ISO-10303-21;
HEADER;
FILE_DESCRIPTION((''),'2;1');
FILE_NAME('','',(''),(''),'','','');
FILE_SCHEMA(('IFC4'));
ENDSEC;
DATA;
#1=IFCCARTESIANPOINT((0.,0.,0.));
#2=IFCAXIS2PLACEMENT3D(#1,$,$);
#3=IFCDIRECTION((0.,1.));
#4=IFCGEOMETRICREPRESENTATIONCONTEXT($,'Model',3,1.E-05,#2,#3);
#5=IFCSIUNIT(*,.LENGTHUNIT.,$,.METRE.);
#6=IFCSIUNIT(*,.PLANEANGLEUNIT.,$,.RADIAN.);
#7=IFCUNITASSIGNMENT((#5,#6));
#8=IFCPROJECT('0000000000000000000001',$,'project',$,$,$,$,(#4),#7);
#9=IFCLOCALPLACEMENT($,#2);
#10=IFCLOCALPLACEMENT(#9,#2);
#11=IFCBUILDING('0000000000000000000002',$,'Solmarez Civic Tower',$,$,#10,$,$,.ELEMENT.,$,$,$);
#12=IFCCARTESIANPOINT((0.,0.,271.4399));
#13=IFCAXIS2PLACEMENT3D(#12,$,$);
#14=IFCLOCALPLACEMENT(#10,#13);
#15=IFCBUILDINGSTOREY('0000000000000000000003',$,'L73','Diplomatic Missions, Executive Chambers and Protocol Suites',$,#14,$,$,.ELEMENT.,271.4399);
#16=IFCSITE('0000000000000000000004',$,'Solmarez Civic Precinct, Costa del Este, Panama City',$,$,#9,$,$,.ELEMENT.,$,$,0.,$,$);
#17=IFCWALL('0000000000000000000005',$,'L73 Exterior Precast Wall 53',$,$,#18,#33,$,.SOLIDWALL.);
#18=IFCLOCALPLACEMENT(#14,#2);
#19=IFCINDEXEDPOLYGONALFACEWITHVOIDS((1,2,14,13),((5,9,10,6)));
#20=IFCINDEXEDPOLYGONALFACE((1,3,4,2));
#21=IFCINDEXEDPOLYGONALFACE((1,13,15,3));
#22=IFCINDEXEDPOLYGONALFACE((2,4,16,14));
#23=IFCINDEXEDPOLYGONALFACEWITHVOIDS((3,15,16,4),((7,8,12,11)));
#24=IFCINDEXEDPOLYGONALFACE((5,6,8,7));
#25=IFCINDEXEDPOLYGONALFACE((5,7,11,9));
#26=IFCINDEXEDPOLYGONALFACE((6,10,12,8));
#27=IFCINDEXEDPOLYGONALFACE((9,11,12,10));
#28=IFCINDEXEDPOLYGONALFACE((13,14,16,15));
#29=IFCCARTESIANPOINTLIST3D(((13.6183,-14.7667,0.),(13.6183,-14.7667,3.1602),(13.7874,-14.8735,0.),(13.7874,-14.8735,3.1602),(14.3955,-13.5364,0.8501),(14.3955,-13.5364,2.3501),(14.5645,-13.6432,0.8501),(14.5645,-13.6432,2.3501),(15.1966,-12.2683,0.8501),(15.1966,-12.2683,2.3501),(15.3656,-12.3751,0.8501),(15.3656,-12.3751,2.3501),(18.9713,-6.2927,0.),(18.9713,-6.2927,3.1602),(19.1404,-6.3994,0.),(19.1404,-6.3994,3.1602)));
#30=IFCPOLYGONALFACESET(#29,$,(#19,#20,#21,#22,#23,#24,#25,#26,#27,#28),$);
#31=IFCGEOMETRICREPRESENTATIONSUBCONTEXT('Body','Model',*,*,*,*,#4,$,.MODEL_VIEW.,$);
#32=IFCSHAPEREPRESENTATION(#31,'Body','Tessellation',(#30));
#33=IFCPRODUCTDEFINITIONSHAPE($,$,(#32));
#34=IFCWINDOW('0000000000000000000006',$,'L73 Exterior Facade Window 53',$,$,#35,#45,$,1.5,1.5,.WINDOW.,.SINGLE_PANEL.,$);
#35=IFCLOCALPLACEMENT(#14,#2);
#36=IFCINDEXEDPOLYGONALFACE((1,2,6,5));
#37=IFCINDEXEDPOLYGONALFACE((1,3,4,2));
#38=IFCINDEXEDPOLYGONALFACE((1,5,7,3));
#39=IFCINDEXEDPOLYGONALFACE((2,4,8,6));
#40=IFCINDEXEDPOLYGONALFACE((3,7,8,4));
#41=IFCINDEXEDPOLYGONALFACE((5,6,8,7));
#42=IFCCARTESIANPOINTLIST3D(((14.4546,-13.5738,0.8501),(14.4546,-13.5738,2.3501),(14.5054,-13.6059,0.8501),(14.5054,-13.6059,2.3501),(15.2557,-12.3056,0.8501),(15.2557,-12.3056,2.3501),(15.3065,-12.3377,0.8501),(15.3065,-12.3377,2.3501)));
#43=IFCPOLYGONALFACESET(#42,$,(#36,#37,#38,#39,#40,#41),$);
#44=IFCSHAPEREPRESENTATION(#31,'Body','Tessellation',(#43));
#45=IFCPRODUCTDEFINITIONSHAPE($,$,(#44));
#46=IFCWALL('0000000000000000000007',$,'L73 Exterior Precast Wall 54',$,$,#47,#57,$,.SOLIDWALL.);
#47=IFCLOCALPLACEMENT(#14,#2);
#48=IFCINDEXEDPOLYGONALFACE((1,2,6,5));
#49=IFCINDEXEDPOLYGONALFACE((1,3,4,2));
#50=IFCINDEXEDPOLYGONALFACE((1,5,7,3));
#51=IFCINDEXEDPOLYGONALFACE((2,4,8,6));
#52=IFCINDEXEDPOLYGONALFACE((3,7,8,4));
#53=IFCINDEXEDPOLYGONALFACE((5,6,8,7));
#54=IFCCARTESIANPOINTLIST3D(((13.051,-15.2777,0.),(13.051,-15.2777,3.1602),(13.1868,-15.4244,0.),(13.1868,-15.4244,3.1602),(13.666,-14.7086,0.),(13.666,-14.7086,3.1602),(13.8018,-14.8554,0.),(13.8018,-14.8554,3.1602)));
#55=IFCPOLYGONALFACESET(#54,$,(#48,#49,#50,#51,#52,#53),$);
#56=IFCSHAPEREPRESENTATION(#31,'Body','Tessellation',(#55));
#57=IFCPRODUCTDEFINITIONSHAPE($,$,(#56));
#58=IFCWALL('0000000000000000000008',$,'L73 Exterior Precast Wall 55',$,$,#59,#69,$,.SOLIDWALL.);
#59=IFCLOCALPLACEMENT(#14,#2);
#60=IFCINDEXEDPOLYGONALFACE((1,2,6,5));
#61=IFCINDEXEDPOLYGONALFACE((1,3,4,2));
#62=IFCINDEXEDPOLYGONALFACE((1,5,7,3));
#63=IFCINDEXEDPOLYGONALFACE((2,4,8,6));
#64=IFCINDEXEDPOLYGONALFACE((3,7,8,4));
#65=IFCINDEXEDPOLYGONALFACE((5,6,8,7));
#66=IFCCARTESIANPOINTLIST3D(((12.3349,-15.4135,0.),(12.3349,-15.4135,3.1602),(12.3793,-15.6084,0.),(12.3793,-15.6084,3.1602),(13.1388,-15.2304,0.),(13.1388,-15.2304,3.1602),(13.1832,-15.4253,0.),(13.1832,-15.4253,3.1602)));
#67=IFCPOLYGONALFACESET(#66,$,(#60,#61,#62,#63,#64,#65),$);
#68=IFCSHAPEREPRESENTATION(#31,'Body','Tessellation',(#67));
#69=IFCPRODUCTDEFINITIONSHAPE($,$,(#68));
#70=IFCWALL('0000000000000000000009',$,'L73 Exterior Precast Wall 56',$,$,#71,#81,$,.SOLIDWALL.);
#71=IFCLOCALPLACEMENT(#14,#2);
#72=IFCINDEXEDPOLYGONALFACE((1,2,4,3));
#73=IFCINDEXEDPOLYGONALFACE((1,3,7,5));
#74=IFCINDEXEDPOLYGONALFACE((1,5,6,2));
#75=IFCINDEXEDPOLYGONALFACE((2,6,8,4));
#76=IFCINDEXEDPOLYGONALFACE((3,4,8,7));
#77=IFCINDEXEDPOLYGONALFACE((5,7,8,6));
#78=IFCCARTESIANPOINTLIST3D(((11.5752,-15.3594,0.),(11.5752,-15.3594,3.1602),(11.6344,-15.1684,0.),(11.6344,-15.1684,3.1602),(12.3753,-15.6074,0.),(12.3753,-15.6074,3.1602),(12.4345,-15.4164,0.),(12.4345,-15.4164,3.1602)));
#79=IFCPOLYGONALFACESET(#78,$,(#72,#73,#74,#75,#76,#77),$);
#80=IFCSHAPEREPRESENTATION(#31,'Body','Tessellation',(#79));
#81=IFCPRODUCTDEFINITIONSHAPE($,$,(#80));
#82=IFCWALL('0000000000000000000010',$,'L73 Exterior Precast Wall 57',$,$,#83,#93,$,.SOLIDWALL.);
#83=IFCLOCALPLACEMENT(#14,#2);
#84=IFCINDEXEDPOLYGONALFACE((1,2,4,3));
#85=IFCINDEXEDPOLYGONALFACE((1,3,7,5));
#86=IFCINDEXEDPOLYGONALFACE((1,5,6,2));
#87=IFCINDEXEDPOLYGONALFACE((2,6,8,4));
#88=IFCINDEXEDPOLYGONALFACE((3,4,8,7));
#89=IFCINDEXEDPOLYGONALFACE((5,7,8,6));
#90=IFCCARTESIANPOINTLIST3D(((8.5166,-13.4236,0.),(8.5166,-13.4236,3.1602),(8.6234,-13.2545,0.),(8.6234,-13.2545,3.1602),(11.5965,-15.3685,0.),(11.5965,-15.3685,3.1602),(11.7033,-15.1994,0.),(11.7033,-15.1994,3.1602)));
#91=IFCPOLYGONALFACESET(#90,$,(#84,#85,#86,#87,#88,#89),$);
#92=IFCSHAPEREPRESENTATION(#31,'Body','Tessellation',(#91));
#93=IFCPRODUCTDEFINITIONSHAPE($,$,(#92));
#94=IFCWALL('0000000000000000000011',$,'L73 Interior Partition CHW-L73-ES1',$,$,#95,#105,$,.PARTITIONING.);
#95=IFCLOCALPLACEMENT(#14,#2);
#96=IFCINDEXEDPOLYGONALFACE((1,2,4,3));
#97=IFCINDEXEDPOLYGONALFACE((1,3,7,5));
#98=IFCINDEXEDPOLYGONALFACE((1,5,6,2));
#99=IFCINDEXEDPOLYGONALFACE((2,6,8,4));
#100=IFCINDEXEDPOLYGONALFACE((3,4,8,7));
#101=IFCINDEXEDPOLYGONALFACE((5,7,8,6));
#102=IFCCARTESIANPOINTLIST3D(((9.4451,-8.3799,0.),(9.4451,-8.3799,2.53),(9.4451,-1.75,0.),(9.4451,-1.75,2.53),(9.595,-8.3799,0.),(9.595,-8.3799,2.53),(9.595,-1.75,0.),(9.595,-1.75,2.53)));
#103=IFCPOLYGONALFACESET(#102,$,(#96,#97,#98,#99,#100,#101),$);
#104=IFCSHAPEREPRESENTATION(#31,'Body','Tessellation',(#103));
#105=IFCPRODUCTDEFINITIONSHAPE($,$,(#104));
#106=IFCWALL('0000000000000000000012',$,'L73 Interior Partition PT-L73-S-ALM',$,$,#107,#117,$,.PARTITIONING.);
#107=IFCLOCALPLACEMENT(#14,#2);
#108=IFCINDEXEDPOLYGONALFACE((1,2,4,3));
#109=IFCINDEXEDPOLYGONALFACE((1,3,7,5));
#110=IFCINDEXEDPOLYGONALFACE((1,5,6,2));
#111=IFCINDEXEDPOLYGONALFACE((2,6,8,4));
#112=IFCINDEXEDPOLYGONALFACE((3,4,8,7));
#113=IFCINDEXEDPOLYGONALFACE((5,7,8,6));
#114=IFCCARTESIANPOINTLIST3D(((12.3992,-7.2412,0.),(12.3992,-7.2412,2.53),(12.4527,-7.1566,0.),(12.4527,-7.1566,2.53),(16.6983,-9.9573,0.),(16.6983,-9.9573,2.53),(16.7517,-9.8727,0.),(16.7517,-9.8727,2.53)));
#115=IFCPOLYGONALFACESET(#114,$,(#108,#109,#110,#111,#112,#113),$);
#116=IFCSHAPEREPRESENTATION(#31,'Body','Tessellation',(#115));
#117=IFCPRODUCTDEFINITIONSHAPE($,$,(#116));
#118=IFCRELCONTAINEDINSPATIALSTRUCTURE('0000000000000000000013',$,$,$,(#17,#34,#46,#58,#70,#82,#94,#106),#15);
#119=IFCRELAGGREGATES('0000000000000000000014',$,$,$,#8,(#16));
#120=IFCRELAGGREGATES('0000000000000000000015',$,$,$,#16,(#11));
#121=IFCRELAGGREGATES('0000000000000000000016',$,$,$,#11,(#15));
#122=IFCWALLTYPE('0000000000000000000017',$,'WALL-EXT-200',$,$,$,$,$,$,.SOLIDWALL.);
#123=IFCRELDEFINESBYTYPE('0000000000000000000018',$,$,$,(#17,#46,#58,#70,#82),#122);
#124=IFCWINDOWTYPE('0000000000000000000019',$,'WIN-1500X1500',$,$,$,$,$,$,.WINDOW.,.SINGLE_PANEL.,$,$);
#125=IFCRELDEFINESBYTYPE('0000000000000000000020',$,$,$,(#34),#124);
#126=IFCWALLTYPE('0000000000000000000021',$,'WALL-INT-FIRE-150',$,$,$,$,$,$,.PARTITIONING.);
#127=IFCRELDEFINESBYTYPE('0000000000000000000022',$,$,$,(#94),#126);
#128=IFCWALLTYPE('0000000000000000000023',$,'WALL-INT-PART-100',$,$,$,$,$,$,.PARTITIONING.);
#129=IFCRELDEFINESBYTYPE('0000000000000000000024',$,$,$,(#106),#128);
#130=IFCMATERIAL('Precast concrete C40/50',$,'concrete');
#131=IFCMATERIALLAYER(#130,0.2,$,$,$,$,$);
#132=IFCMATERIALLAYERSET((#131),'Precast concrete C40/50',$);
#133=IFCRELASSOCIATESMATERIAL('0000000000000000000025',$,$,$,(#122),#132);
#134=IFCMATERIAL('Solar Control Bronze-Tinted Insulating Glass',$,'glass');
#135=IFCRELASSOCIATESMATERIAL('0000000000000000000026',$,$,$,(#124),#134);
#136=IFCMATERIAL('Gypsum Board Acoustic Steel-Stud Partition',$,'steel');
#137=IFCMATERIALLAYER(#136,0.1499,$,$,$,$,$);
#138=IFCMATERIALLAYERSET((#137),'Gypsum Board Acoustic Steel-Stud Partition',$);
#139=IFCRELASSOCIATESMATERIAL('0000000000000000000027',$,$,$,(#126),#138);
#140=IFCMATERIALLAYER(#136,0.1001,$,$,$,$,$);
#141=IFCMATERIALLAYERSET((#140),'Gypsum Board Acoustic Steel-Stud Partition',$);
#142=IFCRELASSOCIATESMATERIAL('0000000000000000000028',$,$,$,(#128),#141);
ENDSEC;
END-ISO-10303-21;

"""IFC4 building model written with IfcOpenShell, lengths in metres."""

from ifc_helpers import new_model, si_unit, direction, frame, frame_2d, origin, place, context, subcontext, project, spatial, rectangle, extrude, material, layer, layer_set, type_object, element, fill, save


model = new_model("IFC4")

# Units and contexts
model_context = context("Model", 3, precision=1e-05, world=origin(), true_north=direction((0.0, 1.0)))
body_context = subcontext(model_context, "Body", "Model", "MODEL_VIEW")
ifc_project = project(units=[si_unit("LENGTHUNIT", "METRE"), si_unit("PLANEANGLEUNIT", "RADIAN")], contexts=[model_context])

# Site, building, storey
site_placement = place(None, origin())
site = spatial("IfcSite", under=ifc_project, at=site_placement, Name="Solmarez Civic Precinct, Costa del Este, Panama City", CompositionType="ELEMENT", RefElevation=0.0)
building_placement = place(site_placement, origin())
building = spatial("IfcBuilding", under=site, at=building_placement, Name="Solmarez Civic Tower", CompositionType="ELEMENT")
storey_placement = place(building_placement, frame((0.0, 0.0, 271.4399)))
storey = spatial("IfcBuildingStorey", under=building, at=storey_placement, Name="L73", Description="Diplomatic Missions, Executive Chambers and Protocol Suites", CompositionType="ELEMENT", Elevation=271.4399)

# Shared definitions
ifc_material_1 = material(Name="Precast concrete C40/50", Category="concrete")
ifc_layer_1 = layer(ifc_material_1, 0.2)
ifc_layer_set_1 = layer_set([ifc_layer_1], Name="Precast concrete C40/50")
wall_type_1 = type_object("IfcWallType", Name="WALL-EXT-200", PredefinedType="SOLIDWALL", material=ifc_layer_set_1)

# Wall, opening, window
wall_1_placement = place(storey_placement, frame((19.0559, -6.3459, 0.0), z_axis=(0.0, 0.0, 1.0), x_axis=(-0.534061, -0.845446, 0.0)))
wall_1 = element("IfcWall", 1, at=wall_1_placement, inside=storey, type_object=wall_type_1, Name="L73 Exterior Precast Wall 53", PredefinedType="SOLIDWALL", context=body_context, shape_type="SweptSolid", body=[
    extrude(rectangle(XDim=10.0232, YDim=0.2, at=frame_2d((5.0117, 0.0))), origin(), (0.0, 0.0, 1.0), 3.1602),
])
opening_placement = place(wall_1_placement, frame((7.0681, 0.0, 0.8501)))
opening = element("IfcOpeningElement", 2, at=opening_placement, cuts=wall_1, PredefinedType="OPENING", context=body_context, shape_type="SweptSolid", body=[
    extrude(rectangle(XDim=1.5, YDim=1.5, at=frame_2d((0.75, 0.75))), frame((0.0, 0.1099, 0.0), z_axis=(0.0, -1.0, 0.0), x_axis=(1.0, 0.0, 0.0)), (0.0, 0.0, 1.0), 0.22),
])
ifc_material_2 = material(Name="Solar Control Bronze-Tinted Insulating Glass", Category="glass")
window_type = type_object("IfcWindowType", Name="WIN-1500X1500", PartitioningType="SINGLE_PANEL", PredefinedType="WINDOW", material=ifc_material_2)
window_placement = place(opening_placement, origin())
window = element("IfcWindow", 3, at=window_placement, inside=storey, type_object=window_type, Name="L73 Exterior Facade Window 53", OverallHeight=1.5, OverallWidth=1.5, PartitioningType="SINGLE_PANEL", PredefinedType="WINDOW", context=body_context, shape_type="SweptSolid", body=[
    extrude(rectangle(XDim=1.5, YDim=1.5, at=frame_2d((0.75, 0.75))), frame((0.0, 0.03, 0.0), z_axis=(0.0, -1.0, 0.0), x_axis=(1.0, 0.0, 0.0)), (0.0, 0.0, 1.0), 0.0601),
])
fill(opening, window)

# Walls
wall_2_placement = place(storey_placement, frame((13.7339, -14.782, 0.0), z_axis=(0.0, 0.0, 1.0), x_axis=(-0.733965, -0.679187, 0.0)))
element("IfcWall", 4, at=wall_2_placement, inside=storey, type_object=wall_type_1, Name="L73 Exterior Precast Wall 54", PredefinedType="SOLIDWALL", context=body_context, shape_type="SweptSolid", body=[
    extrude(rectangle(XDim=0.8379, YDim=0.2, at=frame_2d((0.4189, 0.0))), origin(), (0.0, 0.0, 1.0), 3.1602),
])
wall_3_placement = place(storey_placement, frame((13.1609, -15.3279, 0.0), z_axis=(0.0, 0.0, 1.0), x_axis=(-0.975031, -0.222069, 0.0)))
element("IfcWall", 5, at=wall_3_placement, inside=storey, type_object=wall_type_1, Name="L73 Exterior Precast Wall 55", PredefinedType="SOLIDWALL", context=body_context, shape_type="SweptSolid", body=[
    extrude(rectangle(XDim=0.8245, YDim=0.2, at=frame_2d((0.4121, 0.0))), origin(), (0.0, 0.0, 1.0), 3.1602),
])
wall_4_placement = place(storey_placement, frame((12.405, -15.512, 0.0), z_axis=(0.0, 0.0, 1.0), x_axis=(-0.955147, 0.296133, 0.0)))
element("IfcWall", 6, at=wall_4_placement, inside=storey, type_object=wall_type_1, Name="L73 Exterior Precast Wall 56", PredefinedType="SOLIDWALL", context=body_context, shape_type="SweptSolid", body=[
    extrude(rectangle(XDim=0.8376, YDim=0.2, at=frame_2d((0.4189, 0.0))), origin(), (0.0, 0.0, 1.0), 3.1602),
])
wall_5_placement = place(storey_placement, frame((11.6499, -15.2839, 0.0), z_axis=(0.0, 0.0, 1.0), x_axis=(-0.84553, 0.533927, 0.0)))
element("IfcWall", 7, at=wall_5_placement, inside=storey, type_object=wall_type_1, Name="L73 Exterior Precast Wall 57", PredefinedType="SOLIDWALL", context=body_context, shape_type="SweptSolid", body=[
    extrude(rectangle(XDim=3.6426, YDim=0.2, at=frame_2d((1.8213, 0.0))), origin(), (0.0, 0.0, 1.0), 3.1602),
])
ifc_material_3 = material(Name="Gypsum Board Acoustic Steel-Stud Partition", Category="steel")
ifc_layer_2 = layer(ifc_material_3, 0.1499)
ifc_layer_set_2 = layer_set([ifc_layer_2], Name="Gypsum Board Acoustic Steel-Stud Partition")
wall_type_2 = type_object("IfcWallType", Name="WALL-INT-FIRE-150", PredefinedType="PARTITIONING", material=ifc_layer_set_2)
wall_6_placement = place(storey_placement, frame((9.52, -8.3799, 0.0), z_axis=(0.0, 0.0, 1.0), x_axis=(0.0, 1.0, 0.0)))
element("IfcWall", 8, at=wall_6_placement, inside=storey, type_object=wall_type_2, Name="L73 Interior Partition CHW-L73-ES1", PredefinedType="PARTITIONING", context=body_context, shape_type="SweptSolid", body=[
    extrude(rectangle(XDim=6.6299, YDim=0.1499, at=frame_2d((3.3149, 0.0))), origin(), (0.0, 0.0, 1.0), 2.53),
])
ifc_layer_3 = layer(ifc_material_3, 0.1001)
ifc_layer_set_3 = layer_set([ifc_layer_3], Name="Gypsum Board Acoustic Steel-Stud Partition")
wall_type_3 = type_object("IfcWallType", Name="WALL-INT-PART-100", PredefinedType="PARTITIONING", material=ifc_layer_set_3)
wall_7_placement = place(storey_placement, frame((12.426, -7.199, 0.0), z_axis=(0.0, 0.0, 1.0), x_axis=(0.845412, -0.534114, 0.0)))
element("IfcWall", 9, at=wall_7_placement, inside=storey, type_object=wall_type_3, Name="L73 Interior Partition PT-L73-S-ALM", PredefinedType="PARTITIONING", context=body_context, shape_type="SweptSolid", body=[
    extrude(rectangle(XDim=5.0852, YDim=0.1001, at=frame_2d((2.5425, 0.0))), origin(), (0.0, 0.0, 1.0), 2.53),
])

save(model, "model.ifc")
